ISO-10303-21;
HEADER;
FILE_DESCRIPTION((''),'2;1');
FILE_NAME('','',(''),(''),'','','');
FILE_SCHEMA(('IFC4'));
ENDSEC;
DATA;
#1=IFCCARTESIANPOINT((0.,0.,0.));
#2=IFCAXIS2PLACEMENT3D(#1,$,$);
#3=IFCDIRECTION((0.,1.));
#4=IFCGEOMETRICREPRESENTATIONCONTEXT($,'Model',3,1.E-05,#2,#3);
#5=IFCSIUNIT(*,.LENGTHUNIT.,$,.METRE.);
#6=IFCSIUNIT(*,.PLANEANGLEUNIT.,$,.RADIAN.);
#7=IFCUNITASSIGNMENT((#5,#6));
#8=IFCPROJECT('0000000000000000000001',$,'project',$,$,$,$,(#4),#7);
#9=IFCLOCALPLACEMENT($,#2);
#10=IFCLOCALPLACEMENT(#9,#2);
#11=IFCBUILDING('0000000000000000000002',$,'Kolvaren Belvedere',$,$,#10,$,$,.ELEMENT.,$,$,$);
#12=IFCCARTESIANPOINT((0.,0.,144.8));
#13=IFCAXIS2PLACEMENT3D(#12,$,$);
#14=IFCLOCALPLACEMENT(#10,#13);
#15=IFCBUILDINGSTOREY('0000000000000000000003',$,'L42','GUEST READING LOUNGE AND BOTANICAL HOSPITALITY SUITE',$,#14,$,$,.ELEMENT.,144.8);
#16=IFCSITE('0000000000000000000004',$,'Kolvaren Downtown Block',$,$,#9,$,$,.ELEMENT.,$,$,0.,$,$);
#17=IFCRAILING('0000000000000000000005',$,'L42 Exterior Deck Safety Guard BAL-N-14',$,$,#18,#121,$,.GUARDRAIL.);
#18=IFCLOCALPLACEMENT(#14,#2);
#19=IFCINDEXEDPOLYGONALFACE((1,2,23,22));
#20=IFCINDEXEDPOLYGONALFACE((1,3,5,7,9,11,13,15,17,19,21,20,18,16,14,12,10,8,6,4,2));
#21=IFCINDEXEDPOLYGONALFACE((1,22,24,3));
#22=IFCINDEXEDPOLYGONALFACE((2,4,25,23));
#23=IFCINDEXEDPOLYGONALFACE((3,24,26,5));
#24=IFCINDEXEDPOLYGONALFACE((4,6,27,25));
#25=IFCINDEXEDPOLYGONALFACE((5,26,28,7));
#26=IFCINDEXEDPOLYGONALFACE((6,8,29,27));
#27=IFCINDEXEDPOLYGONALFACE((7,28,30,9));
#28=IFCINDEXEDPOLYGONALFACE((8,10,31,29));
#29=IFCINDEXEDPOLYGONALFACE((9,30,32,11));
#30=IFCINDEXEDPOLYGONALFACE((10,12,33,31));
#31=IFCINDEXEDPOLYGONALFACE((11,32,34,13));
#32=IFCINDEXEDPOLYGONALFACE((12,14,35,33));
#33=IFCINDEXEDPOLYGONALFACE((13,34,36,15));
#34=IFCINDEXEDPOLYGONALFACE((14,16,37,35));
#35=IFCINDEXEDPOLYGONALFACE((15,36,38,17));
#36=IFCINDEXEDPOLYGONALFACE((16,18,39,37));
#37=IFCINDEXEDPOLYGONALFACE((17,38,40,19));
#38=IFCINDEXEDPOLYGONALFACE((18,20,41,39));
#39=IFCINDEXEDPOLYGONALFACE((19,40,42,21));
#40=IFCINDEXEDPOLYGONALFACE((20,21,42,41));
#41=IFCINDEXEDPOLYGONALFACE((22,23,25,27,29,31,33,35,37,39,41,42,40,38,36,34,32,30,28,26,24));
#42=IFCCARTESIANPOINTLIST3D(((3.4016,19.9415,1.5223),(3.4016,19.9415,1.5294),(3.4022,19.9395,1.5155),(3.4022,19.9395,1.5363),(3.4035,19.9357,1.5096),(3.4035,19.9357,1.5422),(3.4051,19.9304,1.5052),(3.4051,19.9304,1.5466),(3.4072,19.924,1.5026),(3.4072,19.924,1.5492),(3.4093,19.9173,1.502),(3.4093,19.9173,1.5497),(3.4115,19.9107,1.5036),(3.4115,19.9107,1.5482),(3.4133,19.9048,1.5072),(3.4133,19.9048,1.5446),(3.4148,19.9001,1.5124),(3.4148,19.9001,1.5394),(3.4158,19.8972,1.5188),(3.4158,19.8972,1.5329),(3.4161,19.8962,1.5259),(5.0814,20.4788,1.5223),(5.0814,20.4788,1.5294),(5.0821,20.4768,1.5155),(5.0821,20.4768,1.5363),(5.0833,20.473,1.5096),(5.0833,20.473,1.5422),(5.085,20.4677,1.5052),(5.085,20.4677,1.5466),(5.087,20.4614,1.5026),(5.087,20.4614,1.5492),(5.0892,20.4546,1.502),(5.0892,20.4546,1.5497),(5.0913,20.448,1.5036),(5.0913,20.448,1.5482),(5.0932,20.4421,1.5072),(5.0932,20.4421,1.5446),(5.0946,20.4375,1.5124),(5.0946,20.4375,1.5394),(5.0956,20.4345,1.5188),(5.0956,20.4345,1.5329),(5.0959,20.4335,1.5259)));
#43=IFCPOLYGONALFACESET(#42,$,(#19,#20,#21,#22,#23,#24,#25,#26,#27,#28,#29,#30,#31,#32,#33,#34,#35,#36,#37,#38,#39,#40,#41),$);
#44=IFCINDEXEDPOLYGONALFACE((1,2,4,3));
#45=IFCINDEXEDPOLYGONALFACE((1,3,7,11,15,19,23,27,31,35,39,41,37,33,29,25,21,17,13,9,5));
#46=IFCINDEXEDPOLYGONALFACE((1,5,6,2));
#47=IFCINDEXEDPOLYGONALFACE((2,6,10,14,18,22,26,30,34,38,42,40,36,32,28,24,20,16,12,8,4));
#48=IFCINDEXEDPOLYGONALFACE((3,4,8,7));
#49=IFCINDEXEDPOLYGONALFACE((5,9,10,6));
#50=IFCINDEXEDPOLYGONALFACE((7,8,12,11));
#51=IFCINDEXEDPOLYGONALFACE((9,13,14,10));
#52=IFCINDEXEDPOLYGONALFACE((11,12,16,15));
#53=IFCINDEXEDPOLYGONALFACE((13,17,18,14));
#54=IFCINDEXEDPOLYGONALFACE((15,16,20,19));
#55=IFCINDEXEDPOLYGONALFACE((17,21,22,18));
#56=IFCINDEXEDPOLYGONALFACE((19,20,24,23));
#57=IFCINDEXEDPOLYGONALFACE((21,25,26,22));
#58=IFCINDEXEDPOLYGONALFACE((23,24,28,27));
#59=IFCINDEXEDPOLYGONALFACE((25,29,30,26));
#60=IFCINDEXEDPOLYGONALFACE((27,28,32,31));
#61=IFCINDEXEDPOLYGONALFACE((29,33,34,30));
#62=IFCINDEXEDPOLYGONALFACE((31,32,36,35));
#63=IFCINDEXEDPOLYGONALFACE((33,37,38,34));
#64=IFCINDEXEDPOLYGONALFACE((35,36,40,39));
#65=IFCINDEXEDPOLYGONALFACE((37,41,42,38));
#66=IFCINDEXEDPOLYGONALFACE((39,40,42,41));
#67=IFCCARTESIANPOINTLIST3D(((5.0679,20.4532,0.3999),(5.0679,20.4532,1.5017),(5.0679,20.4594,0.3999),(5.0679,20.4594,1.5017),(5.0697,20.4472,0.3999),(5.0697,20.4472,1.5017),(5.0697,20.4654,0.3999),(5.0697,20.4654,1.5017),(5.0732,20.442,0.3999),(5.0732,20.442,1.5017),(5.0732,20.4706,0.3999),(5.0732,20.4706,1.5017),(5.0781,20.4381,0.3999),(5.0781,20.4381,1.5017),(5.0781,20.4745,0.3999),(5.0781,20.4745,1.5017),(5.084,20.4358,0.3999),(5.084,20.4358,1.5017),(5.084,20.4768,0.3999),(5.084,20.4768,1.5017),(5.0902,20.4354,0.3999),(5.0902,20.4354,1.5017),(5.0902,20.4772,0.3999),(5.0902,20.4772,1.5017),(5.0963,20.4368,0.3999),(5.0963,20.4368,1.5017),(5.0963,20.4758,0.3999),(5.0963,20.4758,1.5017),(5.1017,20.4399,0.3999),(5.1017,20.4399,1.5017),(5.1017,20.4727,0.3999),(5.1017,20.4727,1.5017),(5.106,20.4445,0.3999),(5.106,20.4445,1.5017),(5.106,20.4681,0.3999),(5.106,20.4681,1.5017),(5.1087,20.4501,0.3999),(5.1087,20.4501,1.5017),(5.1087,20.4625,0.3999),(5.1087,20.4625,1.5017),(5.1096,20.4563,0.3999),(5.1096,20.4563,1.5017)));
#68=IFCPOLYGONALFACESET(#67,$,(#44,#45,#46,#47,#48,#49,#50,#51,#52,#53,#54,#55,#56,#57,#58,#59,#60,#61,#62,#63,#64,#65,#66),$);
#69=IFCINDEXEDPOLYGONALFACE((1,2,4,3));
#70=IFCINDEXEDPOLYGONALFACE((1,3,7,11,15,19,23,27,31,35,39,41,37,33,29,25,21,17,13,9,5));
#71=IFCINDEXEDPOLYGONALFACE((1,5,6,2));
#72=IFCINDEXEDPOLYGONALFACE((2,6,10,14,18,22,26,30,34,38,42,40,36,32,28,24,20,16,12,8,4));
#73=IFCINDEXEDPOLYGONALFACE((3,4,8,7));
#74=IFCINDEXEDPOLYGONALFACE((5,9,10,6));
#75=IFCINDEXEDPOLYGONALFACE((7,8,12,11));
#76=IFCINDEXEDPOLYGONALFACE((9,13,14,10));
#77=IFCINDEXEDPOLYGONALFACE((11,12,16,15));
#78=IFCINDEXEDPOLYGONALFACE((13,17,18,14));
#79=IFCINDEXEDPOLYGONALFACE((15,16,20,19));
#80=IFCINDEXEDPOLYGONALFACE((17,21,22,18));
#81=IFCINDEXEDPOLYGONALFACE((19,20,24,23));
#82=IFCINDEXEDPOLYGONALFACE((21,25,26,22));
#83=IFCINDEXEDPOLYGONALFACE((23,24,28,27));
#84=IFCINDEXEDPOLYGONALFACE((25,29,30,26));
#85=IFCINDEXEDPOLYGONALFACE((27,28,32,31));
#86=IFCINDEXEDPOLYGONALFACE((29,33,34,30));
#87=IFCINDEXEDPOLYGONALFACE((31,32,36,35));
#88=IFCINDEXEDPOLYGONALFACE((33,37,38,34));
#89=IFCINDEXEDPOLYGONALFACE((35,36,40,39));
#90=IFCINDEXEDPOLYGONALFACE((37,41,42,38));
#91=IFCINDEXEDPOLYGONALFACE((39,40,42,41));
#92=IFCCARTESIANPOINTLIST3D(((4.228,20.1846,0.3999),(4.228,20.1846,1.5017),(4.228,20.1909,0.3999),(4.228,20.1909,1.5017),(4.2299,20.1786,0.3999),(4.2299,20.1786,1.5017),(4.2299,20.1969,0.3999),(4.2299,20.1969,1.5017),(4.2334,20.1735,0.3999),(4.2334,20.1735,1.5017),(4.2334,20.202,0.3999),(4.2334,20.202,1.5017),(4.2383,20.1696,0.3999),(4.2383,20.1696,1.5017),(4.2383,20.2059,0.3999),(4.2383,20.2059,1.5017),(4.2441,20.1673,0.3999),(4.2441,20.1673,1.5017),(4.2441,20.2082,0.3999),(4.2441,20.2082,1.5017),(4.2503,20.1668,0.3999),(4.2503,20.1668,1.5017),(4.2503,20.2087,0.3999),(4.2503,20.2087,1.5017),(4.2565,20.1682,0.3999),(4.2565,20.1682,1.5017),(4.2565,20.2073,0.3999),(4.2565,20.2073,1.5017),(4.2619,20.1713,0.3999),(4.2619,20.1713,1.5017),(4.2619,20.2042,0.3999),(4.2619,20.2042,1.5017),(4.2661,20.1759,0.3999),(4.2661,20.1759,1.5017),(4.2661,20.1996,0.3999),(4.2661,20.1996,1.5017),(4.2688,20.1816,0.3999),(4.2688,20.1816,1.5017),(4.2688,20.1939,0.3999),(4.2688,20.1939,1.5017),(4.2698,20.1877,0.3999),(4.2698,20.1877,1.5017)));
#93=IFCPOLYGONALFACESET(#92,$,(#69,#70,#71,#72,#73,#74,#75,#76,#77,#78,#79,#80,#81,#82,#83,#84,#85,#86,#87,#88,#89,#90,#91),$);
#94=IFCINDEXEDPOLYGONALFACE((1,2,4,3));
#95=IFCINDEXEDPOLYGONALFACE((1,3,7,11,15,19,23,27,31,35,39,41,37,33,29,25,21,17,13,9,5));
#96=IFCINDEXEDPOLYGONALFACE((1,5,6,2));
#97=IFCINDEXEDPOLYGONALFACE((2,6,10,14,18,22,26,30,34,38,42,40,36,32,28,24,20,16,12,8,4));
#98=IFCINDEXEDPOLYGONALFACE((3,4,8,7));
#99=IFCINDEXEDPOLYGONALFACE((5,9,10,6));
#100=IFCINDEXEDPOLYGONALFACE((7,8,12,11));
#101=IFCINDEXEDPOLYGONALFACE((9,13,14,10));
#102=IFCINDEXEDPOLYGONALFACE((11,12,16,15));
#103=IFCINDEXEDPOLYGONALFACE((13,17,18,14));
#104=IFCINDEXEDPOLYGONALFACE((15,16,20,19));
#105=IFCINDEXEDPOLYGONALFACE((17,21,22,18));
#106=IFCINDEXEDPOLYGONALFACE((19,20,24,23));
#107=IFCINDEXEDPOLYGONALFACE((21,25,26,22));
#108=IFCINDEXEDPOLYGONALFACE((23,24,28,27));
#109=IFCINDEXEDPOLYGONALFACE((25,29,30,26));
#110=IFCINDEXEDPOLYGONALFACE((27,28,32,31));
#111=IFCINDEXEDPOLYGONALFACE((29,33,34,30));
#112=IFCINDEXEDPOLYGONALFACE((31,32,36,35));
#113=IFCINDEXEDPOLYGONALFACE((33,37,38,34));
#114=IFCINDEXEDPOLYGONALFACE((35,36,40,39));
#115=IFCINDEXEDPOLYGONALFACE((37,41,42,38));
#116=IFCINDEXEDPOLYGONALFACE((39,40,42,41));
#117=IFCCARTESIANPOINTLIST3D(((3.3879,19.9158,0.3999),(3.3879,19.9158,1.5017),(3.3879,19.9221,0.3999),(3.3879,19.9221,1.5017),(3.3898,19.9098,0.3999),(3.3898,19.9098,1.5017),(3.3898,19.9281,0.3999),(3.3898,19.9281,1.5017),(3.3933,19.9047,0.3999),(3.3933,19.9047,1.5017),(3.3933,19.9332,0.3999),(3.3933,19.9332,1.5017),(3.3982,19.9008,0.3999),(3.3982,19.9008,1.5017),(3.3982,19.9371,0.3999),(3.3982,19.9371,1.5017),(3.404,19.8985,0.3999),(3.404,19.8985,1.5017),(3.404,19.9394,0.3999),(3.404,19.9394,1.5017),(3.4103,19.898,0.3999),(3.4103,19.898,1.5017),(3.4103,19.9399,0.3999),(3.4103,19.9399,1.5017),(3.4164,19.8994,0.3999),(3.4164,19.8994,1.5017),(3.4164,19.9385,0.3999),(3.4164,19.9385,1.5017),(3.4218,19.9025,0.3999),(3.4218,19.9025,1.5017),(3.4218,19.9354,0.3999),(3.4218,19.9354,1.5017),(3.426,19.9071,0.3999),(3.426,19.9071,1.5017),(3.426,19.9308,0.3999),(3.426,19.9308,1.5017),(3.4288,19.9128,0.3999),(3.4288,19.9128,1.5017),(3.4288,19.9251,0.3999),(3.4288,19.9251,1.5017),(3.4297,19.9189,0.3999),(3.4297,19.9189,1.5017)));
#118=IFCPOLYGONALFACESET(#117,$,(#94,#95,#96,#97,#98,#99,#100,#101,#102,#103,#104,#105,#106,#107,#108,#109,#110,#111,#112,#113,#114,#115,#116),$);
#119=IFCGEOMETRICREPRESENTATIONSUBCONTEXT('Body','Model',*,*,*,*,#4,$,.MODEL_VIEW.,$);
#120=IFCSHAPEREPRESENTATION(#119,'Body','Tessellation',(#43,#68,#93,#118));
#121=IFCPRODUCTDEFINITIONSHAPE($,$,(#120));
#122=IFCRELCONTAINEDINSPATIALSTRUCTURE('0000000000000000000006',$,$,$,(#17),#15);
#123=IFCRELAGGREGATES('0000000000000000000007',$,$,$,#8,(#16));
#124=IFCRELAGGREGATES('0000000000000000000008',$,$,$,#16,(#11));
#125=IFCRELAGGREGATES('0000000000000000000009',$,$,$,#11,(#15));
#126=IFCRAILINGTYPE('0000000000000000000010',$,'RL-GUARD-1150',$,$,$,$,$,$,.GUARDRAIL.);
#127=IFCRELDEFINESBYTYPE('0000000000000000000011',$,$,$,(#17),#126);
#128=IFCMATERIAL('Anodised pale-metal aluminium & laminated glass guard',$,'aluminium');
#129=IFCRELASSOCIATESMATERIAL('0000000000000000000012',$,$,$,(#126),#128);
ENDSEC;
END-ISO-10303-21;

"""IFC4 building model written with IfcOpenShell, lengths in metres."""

from ifc_helpers import new_model, si_unit, direction, frame, origin, origin_2d, place, context, subcontext, project, spatial, circle, extrude, material, type_object, element, save


model = new_model("IFC4")

# Units and contexts
model_context = context("Model", 3, precision=1e-05, world=origin(), true_north=direction((0.0, 1.0)))
body_context = subcontext(model_context, "Body", "Model", "MODEL_VIEW")
ifc_project = project(units=[si_unit("LENGTHUNIT", "METRE"), si_unit("PLANEANGLEUNIT", "RADIAN")], contexts=[model_context])

# Site, building, storey
site_placement = place(None, origin())
site = spatial("IfcSite", under=ifc_project, at=site_placement, Name="Kolvaren Downtown Block", CompositionType="ELEMENT", RefElevation=0.0)
building_placement = place(site_placement, origin())
building = spatial("IfcBuilding", under=site, at=building_placement, Name="Kolvaren Belvedere", CompositionType="ELEMENT")
storey_placement = place(building_placement, frame((0.0, 0.0, 144.8)))
storey = spatial("IfcBuildingStorey", under=building, at=storey_placement, Name="L42", Description="GUEST READING LOUNGE AND BOTANICAL HOSPITALITY SUITE", CompositionType="ELEMENT", Elevation=144.8)

# Railing
ifc_material_1 = material(Name="Anodised pale-metal aluminium & laminated glass guard", Category="aluminium")
railing_type = type_object("IfcRailingType", Name="RL-GUARD-1150", PredefinedType="GUARDRAIL", material=ifc_material_1)
railing_1_placement = place(storey_placement, frame((5.0886, 20.4563, 0.3999)))
element("IfcRailing", 1, at=railing_1_placement, inside=storey, type_object=railing_type, Name="L42 Exterior Deck Safety Guard BAL-N-14", PredefinedType="GUARDRAIL", context=body_context, shape_type="SweptSolid", body=[
    extrude(circle(Radius=0.0239, at=origin_2d()), frame((0.0, 0.0, 1.126), z_axis=(-0.952461, -0.30466, 0.0), x_axis=(0.30466, -0.952461, 0.0)), (0.0, 0.0, 1.0), 1.7637),
    extrude(circle(Radius=0.021, at=origin_2d()), origin(), (0.0, 0.0, 1.0), 1.1018),
    extrude(circle(Radius=0.021, at=origin_2d()), frame((-0.8398, -0.2686, 0.0)), (0.0, 0.0, 1.0), 1.1018),
    extrude(circle(Radius=0.021, at=origin_2d()), frame((-1.6799, -0.5374, 0.0)), (0.0, 0.0, 1.0), 1.1018),
])

save(model, "model.ifc")
